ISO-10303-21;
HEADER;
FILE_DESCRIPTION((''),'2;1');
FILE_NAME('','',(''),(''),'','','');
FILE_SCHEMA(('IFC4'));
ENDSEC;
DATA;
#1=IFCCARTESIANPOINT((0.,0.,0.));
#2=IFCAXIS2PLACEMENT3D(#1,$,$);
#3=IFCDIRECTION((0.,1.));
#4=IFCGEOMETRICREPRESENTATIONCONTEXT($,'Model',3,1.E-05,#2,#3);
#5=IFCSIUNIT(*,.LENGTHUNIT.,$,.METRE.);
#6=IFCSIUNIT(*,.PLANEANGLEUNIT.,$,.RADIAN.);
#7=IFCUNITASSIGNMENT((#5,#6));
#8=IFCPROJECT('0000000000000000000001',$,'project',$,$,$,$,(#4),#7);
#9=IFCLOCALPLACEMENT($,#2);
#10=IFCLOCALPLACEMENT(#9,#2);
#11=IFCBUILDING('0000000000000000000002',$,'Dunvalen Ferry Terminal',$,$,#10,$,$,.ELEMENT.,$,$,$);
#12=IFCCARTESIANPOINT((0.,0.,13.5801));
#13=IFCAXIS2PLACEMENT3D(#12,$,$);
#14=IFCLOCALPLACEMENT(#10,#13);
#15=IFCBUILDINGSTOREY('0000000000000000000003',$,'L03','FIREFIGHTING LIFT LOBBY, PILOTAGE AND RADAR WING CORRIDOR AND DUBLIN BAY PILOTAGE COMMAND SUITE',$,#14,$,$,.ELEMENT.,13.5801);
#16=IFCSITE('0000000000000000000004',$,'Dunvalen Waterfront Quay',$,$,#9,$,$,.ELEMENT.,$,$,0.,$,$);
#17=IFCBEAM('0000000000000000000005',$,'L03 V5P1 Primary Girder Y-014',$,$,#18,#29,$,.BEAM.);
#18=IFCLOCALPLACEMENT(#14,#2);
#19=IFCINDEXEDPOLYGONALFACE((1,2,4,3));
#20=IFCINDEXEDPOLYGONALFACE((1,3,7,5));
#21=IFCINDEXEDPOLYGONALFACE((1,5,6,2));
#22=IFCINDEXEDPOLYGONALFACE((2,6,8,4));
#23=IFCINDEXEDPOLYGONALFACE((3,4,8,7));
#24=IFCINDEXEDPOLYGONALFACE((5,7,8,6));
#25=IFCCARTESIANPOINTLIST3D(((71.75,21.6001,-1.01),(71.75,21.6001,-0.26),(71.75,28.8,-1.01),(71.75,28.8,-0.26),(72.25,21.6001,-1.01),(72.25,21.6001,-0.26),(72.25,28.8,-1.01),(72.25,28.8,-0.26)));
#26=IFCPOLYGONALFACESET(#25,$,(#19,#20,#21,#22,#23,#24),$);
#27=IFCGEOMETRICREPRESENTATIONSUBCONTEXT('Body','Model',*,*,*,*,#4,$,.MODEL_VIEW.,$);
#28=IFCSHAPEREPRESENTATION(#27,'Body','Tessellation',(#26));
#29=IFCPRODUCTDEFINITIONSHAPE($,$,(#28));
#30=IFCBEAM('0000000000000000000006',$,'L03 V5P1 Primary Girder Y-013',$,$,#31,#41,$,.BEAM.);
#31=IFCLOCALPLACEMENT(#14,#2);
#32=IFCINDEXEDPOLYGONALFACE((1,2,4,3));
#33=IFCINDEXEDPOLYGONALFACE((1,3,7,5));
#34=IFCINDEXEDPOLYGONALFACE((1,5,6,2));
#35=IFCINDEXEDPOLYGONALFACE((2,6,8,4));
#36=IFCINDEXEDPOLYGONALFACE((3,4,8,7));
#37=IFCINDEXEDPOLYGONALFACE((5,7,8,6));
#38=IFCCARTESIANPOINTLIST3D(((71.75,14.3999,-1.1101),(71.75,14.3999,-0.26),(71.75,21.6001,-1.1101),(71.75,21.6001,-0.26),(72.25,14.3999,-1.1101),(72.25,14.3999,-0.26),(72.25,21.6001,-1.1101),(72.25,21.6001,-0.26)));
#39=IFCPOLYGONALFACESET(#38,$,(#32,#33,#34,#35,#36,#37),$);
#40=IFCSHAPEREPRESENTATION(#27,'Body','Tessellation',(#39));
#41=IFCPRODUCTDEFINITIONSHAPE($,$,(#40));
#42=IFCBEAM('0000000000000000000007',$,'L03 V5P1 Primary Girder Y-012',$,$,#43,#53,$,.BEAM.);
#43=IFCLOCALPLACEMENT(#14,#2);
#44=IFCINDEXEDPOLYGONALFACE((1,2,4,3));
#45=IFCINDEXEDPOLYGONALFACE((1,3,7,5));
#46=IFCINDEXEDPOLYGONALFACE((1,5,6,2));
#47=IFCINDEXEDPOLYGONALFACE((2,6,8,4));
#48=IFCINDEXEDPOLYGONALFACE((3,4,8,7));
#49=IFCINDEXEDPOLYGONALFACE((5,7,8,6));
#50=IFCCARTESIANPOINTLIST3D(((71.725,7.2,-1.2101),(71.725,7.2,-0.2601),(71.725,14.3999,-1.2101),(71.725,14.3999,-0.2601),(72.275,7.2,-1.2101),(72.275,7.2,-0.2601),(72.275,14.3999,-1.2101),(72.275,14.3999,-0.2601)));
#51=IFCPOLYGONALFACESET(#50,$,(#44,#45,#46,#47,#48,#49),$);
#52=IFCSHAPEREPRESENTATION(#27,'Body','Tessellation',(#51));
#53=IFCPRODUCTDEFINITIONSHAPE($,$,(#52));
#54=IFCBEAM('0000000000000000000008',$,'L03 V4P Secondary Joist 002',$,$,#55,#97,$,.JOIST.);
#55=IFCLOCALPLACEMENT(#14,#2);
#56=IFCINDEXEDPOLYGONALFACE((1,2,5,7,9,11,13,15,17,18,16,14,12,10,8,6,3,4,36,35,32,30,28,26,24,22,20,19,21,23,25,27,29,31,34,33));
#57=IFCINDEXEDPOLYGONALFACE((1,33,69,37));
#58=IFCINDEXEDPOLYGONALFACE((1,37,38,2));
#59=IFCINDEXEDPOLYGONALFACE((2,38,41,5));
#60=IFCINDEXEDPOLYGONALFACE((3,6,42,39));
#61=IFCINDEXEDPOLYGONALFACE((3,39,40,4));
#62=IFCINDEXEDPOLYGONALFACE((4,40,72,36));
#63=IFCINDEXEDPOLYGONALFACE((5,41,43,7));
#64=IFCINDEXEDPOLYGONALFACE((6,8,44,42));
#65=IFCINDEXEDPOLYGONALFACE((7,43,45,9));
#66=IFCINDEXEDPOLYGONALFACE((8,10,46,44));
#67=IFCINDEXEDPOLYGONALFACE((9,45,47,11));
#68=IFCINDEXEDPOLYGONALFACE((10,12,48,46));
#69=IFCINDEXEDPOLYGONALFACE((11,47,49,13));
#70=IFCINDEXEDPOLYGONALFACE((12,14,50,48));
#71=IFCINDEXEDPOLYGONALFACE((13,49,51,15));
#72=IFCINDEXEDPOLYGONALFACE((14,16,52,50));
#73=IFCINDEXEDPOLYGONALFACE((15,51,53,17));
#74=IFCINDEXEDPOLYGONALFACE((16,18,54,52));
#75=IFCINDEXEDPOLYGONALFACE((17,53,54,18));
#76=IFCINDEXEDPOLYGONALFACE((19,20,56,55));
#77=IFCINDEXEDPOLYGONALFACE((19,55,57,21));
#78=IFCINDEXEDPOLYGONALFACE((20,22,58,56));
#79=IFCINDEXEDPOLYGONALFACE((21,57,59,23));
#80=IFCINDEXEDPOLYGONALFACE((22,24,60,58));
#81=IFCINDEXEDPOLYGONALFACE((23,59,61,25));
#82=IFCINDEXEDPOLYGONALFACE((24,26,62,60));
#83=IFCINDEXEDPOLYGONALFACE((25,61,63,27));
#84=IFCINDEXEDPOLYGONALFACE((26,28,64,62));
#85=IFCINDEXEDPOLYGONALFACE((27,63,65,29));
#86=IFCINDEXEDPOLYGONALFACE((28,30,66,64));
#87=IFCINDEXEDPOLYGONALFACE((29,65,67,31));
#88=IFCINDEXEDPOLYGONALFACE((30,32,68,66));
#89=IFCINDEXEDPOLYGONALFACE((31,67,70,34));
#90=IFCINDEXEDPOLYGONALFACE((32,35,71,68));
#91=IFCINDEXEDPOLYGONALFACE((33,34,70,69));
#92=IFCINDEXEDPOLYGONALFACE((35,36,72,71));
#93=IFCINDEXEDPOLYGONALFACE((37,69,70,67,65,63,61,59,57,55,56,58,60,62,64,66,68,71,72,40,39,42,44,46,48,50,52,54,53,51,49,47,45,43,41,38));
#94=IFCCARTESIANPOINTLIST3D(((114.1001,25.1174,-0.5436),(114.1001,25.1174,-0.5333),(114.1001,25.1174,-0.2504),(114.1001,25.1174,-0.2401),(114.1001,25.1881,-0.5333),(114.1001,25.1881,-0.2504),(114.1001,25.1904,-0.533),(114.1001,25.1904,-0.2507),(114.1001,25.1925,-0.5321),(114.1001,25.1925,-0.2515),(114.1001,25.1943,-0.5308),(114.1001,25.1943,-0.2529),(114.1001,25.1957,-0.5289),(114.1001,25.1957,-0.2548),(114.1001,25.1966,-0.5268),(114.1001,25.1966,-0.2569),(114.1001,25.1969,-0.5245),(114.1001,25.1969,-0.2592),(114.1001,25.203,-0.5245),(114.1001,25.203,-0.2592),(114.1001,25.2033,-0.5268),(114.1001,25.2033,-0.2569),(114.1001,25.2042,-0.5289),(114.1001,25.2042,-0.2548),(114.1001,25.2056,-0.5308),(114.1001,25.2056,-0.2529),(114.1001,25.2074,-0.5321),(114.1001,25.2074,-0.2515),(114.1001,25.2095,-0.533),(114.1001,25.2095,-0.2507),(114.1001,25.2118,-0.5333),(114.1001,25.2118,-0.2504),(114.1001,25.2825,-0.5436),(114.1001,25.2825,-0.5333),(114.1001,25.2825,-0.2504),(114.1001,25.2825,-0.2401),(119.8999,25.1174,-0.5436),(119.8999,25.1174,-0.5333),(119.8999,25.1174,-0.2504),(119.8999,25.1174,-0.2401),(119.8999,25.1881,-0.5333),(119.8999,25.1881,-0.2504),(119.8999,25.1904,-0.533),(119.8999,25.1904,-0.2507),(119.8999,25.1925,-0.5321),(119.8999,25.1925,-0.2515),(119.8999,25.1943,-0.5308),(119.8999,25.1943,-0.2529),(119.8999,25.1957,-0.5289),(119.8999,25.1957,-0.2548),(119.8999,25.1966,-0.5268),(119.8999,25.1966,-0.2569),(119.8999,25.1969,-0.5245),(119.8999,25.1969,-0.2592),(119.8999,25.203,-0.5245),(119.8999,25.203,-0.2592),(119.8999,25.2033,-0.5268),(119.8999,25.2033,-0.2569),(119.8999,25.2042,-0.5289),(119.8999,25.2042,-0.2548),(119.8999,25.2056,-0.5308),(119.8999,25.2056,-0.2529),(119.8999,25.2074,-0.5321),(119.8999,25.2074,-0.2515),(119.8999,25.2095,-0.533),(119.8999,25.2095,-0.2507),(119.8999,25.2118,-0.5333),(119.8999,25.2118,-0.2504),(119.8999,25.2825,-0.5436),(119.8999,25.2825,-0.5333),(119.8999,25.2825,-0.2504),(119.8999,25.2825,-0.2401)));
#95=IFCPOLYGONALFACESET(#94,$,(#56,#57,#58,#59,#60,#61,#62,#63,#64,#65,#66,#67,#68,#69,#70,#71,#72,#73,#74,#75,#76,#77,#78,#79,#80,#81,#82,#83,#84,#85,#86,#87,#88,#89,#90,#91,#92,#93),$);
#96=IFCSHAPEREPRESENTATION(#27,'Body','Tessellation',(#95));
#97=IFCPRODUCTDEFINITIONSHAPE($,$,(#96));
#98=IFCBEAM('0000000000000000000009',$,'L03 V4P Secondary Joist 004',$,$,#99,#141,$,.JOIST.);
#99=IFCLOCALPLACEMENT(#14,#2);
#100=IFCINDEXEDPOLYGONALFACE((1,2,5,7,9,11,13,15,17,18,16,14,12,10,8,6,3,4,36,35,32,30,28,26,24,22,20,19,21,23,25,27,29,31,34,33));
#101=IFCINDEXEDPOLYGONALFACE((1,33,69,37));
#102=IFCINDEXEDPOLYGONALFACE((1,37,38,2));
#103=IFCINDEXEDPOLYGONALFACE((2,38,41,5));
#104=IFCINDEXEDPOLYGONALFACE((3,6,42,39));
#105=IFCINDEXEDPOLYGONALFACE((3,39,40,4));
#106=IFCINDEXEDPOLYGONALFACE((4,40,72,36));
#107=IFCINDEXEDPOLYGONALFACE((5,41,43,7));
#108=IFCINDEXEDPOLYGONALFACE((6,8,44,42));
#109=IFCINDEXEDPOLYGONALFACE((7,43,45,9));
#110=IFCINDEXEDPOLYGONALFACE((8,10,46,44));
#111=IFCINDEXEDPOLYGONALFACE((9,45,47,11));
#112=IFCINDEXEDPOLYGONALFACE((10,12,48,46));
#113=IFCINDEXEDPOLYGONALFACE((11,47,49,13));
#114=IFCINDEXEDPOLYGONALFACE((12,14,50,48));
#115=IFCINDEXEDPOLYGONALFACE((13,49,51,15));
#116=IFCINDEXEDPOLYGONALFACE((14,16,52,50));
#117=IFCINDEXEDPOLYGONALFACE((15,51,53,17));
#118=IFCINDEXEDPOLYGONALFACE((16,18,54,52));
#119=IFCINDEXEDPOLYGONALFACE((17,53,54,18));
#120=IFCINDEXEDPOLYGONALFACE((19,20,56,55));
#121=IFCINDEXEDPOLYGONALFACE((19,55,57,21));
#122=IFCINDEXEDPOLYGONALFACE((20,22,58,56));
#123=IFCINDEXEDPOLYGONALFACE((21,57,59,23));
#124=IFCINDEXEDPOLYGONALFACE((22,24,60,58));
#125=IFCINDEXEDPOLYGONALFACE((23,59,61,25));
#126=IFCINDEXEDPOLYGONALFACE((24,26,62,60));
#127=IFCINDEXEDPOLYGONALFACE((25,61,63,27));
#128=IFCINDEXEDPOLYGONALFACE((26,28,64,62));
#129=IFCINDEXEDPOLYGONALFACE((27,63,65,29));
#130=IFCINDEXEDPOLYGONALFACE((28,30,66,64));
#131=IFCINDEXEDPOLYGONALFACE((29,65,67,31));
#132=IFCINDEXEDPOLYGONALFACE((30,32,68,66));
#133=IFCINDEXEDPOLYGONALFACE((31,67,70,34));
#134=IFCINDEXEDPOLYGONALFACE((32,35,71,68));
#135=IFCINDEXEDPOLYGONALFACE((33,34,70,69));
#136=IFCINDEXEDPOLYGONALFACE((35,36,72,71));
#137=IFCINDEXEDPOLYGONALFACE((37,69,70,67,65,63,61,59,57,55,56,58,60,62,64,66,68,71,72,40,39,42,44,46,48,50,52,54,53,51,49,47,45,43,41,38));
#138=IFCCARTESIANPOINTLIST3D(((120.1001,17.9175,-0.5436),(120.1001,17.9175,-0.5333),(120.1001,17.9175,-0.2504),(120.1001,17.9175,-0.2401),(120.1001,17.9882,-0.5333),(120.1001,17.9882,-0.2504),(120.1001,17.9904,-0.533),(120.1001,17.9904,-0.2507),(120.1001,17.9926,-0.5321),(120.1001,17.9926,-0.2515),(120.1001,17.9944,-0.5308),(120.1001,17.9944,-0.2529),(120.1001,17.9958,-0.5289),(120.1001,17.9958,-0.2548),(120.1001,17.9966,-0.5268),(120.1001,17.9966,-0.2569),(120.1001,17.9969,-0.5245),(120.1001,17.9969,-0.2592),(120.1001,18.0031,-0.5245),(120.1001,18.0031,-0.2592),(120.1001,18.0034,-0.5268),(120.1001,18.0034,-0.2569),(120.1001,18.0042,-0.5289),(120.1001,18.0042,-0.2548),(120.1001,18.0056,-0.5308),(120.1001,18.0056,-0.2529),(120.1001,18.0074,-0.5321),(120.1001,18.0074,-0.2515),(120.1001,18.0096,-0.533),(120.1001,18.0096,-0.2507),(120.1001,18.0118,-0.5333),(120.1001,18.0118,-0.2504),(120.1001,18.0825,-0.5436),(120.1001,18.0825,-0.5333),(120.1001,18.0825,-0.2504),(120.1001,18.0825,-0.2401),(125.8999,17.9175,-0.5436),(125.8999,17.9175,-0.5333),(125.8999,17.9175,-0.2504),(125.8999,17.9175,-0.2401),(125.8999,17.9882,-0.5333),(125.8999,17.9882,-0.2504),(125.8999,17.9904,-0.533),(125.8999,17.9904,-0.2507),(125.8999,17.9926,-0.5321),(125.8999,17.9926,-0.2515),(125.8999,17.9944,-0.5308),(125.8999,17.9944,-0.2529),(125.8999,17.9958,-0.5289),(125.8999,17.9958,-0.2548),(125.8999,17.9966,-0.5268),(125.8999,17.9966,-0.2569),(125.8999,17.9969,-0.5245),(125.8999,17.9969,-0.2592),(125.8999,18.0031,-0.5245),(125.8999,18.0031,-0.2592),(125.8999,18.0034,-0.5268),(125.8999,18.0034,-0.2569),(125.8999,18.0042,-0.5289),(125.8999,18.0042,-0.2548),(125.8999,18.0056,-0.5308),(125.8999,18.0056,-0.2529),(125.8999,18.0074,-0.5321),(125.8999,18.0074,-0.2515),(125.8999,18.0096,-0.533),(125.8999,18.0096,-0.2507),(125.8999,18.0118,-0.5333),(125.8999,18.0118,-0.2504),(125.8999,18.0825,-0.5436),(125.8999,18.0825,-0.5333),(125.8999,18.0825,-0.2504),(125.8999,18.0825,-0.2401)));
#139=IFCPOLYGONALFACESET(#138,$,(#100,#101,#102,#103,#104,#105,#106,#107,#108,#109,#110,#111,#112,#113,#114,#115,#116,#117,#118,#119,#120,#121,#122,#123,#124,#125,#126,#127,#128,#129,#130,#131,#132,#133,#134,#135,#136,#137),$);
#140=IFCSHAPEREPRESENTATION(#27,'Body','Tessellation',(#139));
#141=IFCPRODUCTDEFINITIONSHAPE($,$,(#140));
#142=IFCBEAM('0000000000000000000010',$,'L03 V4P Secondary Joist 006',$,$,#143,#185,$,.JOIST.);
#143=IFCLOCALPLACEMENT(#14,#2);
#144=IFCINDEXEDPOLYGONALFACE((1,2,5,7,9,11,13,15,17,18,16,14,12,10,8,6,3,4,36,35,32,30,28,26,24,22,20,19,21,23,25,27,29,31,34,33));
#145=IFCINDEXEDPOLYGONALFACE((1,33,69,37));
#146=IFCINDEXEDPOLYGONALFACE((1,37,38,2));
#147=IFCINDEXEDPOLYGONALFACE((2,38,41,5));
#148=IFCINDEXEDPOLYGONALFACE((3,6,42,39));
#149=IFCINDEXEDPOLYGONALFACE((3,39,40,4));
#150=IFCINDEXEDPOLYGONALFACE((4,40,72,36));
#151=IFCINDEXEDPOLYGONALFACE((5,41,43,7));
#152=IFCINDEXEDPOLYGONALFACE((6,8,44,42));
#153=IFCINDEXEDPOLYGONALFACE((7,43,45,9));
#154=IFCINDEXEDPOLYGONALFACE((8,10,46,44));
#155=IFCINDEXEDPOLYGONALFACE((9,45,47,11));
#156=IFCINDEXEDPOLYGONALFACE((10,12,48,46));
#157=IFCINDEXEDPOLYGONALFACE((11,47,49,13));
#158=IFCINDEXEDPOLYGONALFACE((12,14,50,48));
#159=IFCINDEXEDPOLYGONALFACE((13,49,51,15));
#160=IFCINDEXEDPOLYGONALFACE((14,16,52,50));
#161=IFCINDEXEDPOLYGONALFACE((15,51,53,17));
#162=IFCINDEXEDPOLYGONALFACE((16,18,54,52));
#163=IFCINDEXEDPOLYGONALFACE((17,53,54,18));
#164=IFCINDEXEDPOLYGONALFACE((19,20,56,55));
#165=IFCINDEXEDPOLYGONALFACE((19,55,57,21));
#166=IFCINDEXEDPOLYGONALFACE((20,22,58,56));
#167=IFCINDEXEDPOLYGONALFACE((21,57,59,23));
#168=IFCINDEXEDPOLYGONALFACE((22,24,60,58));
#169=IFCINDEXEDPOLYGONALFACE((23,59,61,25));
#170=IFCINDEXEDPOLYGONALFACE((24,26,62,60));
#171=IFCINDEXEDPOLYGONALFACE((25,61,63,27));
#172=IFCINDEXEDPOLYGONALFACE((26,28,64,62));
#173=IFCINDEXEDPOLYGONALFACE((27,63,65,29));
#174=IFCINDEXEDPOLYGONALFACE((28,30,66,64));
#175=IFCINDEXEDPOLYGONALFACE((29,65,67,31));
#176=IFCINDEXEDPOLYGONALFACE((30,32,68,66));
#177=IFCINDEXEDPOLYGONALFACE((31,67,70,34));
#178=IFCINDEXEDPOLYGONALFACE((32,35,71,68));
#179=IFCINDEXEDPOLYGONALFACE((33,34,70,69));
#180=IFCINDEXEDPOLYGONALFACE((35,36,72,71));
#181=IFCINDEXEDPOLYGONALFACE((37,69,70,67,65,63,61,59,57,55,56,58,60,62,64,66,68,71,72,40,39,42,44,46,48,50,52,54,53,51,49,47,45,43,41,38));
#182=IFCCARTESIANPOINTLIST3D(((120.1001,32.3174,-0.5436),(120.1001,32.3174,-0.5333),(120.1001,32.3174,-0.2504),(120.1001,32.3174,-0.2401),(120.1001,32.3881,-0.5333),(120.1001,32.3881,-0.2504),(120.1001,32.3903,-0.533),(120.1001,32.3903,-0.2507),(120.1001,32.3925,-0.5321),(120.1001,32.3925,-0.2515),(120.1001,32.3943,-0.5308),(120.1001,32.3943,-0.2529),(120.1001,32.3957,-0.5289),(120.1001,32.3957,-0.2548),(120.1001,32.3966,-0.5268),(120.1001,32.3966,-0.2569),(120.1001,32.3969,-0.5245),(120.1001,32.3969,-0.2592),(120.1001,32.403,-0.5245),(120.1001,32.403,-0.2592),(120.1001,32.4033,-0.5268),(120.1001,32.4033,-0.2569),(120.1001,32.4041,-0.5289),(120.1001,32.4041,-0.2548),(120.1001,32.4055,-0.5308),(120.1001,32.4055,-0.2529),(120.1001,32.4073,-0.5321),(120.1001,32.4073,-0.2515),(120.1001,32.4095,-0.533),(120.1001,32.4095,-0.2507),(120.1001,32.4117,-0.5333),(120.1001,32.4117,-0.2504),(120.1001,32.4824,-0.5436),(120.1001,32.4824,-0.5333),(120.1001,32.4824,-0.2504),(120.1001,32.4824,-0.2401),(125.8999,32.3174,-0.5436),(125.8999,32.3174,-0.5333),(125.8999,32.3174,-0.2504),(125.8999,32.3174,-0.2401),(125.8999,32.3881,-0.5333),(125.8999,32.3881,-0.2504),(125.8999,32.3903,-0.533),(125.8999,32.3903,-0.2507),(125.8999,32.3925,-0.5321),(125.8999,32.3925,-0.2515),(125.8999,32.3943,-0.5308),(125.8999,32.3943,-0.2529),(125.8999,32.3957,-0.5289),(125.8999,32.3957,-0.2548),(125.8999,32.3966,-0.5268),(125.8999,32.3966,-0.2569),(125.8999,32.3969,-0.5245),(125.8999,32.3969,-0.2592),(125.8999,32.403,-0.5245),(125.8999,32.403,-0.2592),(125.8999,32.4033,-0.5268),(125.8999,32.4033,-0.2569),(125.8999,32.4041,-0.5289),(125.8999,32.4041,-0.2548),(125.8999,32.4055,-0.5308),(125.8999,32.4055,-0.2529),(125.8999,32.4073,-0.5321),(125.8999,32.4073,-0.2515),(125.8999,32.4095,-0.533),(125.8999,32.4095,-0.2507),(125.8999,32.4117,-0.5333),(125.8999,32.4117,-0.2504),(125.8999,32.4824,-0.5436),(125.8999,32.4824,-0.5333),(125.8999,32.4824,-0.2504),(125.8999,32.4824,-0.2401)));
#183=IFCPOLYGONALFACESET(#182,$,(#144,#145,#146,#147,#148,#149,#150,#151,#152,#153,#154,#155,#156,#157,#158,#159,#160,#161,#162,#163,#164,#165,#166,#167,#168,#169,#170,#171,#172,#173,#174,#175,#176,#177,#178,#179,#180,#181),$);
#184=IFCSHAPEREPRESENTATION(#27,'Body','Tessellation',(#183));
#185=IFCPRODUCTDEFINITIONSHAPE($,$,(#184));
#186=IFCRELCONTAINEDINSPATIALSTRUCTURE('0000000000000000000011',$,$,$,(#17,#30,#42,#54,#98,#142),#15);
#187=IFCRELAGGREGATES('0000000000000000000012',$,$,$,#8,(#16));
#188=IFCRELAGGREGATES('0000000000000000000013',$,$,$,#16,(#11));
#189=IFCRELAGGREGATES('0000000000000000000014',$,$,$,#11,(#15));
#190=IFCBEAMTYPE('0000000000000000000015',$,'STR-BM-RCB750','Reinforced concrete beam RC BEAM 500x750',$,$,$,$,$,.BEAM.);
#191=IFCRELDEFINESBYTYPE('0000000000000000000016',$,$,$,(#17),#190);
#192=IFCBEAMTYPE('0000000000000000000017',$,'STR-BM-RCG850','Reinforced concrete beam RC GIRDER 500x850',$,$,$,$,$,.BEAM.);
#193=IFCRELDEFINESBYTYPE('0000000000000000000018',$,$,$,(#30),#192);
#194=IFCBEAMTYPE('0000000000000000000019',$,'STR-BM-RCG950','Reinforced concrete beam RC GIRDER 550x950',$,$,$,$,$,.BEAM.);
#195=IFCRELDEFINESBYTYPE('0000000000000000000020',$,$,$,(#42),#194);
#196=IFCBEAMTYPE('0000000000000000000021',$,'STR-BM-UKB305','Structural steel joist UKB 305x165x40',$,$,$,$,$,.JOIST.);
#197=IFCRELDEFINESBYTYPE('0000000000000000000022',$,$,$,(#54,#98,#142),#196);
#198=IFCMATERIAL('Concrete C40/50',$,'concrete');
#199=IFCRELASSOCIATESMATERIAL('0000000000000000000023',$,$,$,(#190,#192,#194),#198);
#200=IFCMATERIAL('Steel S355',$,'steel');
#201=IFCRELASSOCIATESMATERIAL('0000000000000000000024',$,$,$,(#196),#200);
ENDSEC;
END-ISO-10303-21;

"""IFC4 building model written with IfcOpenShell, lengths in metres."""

from ifc_helpers import new_model, si_unit, direction, frame, origin, origin_2d, place, context, subcontext, project, spatial, rectangle, i_section, extrude, material, material_profile, profile_set, type_object, element, save


model = new_model("IFC4")

# Units and contexts
model_context = context("Model", 3, precision=1e-05, world=origin(), true_north=direction((0.0, 1.0)))
body_context = subcontext(model_context, "Body", "Model", "MODEL_VIEW")
ifc_project = project(units=[si_unit("LENGTHUNIT", "METRE"), si_unit("PLANEANGLEUNIT", "RADIAN")], contexts=[model_context])

# Site, building, storey
site_placement = place(None, origin())
site = spatial("IfcSite", under=ifc_project, at=site_placement, Name="Dunvalen Waterfront Quay", CompositionType="ELEMENT", RefElevation=0.0)
building_placement = place(site_placement, origin())
building = spatial("IfcBuilding", under=site, at=building_placement, Name="Dunvalen Ferry Terminal", CompositionType="ELEMENT")
storey_placement = place(building_placement, frame((0.0, 0.0, 13.5801)))
storey = spatial("IfcBuildingStorey", under=building, at=storey_placement, Name="L03", Description="FIREFIGHTING LIFT LOBBY, PILOTAGE AND RADAR WING CORRIDOR AND DUBLIN BAY PILOTAGE COMMAND SUITE", CompositionType="ELEMENT", Elevation=13.5801)

# Beams
ifc_material_1 = material(Name="Concrete C40/50", Category="concrete")
ifc_material_profile_1 = material_profile(ifc_material_1, rectangle(XDim=0.5, YDim=0.75, at=origin_2d()), Name="Concrete C40/50")
ifc_profile_set_1 = profile_set([ifc_material_profile_1], Name="Concrete C40/50")
beam_type_1 = type_object("IfcBeamType", Name="STR-BM-RCB750", Description="Reinforced concrete beam RC BEAM 500x750", PredefinedType="BEAM", material=ifc_profile_set_1)
beam_1_placement = place(storey_placement, frame((72.0, 21.6001, -0.635), z_axis=(0.0, 1.0, 0.0), x_axis=(-1.0, 0.0, 0.0)))
element("IfcBeam", 1, at=beam_1_placement, inside=storey, type_object=beam_type_1, Name="L03 V5P1 Primary Girder Y-014", PredefinedType="BEAM", context=body_context, shape_type="SweptSolid", body=[
    extrude(rectangle(XDim=0.5, YDim=0.75, at=origin_2d()), origin(), (0.0, 0.0, 1.0), 7.2),
])
ifc_material_profile_2 = material_profile(ifc_material_1, rectangle(XDim=0.5, YDim=0.8501, at=origin_2d()), Name="Concrete C40/50")
ifc_profile_set_2 = profile_set([ifc_material_profile_2], Name="Concrete C40/50")
beam_type_2 = type_object("IfcBeamType", Name="STR-BM-RCG850", Description="Reinforced concrete beam RC GIRDER 500x850", PredefinedType="BEAM", material=ifc_profile_set_2)
beam_2_placement = place(storey_placement, frame((72.0, 14.3999, -0.6851), z_axis=(0.0, 1.0, 0.0), x_axis=(-1.0, 0.0, 0.0)))
element("IfcBeam", 2, at=beam_2_placement, inside=storey, type_object=beam_type_2, Name="L03 V5P1 Primary Girder Y-013", PredefinedType="BEAM", context=body_context, shape_type="SweptSolid", body=[
    extrude(rectangle(XDim=0.5, YDim=0.8501, at=origin_2d()), origin(), (0.0, 0.0, 1.0), 7.2002),
])
ifc_material_profile_3 = material_profile(ifc_material_1, rectangle(XDim=0.55, YDim=0.95, at=origin_2d()), Name="Concrete C40/50")
ifc_profile_set_3 = profile_set([ifc_material_profile_3], Name="Concrete C40/50")
beam_type_3 = type_object("IfcBeamType", Name="STR-BM-RCG950", Description="Reinforced concrete beam RC GIRDER 550x950", PredefinedType="BEAM", material=ifc_profile_set_3)
beam_3_placement = place(storey_placement, frame((72.0, 7.2, -0.7351), z_axis=(0.0, 1.0, 0.0), x_axis=(-1.0, 0.0, 0.0)))
element("IfcBeam", 3, at=beam_3_placement, inside=storey, type_object=beam_type_3, Name="L03 V5P1 Primary Girder Y-012", PredefinedType="BEAM", context=body_context, shape_type="SweptSolid", body=[
    extrude(rectangle(XDim=0.55, YDim=0.95, at=origin_2d()), origin(), (0.0, 0.0, 1.0), 7.2),
])
ifc_material_2 = material(Name="Steel S355", Category="steel")
ifc_material_profile_4 = material_profile(ifc_material_2, i_section(OverallWidth=0.165, OverallDepth=0.3035, WebThickness=0.0061, FlangeThickness=0.0103, FilletRadius=0.0088, at=origin_2d()), Name="Steel S355")
ifc_profile_set_4 = profile_set([ifc_material_profile_4], Name="Steel S355")
beam_type_4 = type_object("IfcBeamType", Name="STR-BM-UKB305", Description="Structural steel joist UKB 305x165x40", PredefinedType="JOIST", material=ifc_profile_set_4)
for number, where, z_axis, x_axis, name in (
    (4, (114.1001, 25.2, -0.3918), (1.0, 0.0, 0.0), (0.0, 1.0, 0.0), "L03 V4P Secondary Joist 002"),
    (5, (120.1001, 18.0, -0.3918), (1.0, 0.0, 0.0), (0.0, 1.0, 0.0), "L03 V4P Secondary Joist 004"),
    (6, (120.1001, 32.3999, -0.3918), (1.0, 0.0, 0.0), (0.0, 1.0, 0.0), "L03 V4P Secondary Joist 006"),
):
    element("IfcBeam", number, at=place(storey_placement, frame(where, z_axis=z_axis, x_axis=x_axis)), inside=storey, type_object=beam_type_4, Name=name, PredefinedType="JOIST", context=body_context, shape_type="SweptSolid", body=[
        extrude(i_section(OverallWidth=0.165, OverallDepth=0.3035, WebThickness=0.0061, FlangeThickness=0.0103, FilletRadius=0.0088, at=origin_2d()), origin(), (0.0, 0.0, 1.0), 5.7998),
    ])

save(model, "model.ifc")
